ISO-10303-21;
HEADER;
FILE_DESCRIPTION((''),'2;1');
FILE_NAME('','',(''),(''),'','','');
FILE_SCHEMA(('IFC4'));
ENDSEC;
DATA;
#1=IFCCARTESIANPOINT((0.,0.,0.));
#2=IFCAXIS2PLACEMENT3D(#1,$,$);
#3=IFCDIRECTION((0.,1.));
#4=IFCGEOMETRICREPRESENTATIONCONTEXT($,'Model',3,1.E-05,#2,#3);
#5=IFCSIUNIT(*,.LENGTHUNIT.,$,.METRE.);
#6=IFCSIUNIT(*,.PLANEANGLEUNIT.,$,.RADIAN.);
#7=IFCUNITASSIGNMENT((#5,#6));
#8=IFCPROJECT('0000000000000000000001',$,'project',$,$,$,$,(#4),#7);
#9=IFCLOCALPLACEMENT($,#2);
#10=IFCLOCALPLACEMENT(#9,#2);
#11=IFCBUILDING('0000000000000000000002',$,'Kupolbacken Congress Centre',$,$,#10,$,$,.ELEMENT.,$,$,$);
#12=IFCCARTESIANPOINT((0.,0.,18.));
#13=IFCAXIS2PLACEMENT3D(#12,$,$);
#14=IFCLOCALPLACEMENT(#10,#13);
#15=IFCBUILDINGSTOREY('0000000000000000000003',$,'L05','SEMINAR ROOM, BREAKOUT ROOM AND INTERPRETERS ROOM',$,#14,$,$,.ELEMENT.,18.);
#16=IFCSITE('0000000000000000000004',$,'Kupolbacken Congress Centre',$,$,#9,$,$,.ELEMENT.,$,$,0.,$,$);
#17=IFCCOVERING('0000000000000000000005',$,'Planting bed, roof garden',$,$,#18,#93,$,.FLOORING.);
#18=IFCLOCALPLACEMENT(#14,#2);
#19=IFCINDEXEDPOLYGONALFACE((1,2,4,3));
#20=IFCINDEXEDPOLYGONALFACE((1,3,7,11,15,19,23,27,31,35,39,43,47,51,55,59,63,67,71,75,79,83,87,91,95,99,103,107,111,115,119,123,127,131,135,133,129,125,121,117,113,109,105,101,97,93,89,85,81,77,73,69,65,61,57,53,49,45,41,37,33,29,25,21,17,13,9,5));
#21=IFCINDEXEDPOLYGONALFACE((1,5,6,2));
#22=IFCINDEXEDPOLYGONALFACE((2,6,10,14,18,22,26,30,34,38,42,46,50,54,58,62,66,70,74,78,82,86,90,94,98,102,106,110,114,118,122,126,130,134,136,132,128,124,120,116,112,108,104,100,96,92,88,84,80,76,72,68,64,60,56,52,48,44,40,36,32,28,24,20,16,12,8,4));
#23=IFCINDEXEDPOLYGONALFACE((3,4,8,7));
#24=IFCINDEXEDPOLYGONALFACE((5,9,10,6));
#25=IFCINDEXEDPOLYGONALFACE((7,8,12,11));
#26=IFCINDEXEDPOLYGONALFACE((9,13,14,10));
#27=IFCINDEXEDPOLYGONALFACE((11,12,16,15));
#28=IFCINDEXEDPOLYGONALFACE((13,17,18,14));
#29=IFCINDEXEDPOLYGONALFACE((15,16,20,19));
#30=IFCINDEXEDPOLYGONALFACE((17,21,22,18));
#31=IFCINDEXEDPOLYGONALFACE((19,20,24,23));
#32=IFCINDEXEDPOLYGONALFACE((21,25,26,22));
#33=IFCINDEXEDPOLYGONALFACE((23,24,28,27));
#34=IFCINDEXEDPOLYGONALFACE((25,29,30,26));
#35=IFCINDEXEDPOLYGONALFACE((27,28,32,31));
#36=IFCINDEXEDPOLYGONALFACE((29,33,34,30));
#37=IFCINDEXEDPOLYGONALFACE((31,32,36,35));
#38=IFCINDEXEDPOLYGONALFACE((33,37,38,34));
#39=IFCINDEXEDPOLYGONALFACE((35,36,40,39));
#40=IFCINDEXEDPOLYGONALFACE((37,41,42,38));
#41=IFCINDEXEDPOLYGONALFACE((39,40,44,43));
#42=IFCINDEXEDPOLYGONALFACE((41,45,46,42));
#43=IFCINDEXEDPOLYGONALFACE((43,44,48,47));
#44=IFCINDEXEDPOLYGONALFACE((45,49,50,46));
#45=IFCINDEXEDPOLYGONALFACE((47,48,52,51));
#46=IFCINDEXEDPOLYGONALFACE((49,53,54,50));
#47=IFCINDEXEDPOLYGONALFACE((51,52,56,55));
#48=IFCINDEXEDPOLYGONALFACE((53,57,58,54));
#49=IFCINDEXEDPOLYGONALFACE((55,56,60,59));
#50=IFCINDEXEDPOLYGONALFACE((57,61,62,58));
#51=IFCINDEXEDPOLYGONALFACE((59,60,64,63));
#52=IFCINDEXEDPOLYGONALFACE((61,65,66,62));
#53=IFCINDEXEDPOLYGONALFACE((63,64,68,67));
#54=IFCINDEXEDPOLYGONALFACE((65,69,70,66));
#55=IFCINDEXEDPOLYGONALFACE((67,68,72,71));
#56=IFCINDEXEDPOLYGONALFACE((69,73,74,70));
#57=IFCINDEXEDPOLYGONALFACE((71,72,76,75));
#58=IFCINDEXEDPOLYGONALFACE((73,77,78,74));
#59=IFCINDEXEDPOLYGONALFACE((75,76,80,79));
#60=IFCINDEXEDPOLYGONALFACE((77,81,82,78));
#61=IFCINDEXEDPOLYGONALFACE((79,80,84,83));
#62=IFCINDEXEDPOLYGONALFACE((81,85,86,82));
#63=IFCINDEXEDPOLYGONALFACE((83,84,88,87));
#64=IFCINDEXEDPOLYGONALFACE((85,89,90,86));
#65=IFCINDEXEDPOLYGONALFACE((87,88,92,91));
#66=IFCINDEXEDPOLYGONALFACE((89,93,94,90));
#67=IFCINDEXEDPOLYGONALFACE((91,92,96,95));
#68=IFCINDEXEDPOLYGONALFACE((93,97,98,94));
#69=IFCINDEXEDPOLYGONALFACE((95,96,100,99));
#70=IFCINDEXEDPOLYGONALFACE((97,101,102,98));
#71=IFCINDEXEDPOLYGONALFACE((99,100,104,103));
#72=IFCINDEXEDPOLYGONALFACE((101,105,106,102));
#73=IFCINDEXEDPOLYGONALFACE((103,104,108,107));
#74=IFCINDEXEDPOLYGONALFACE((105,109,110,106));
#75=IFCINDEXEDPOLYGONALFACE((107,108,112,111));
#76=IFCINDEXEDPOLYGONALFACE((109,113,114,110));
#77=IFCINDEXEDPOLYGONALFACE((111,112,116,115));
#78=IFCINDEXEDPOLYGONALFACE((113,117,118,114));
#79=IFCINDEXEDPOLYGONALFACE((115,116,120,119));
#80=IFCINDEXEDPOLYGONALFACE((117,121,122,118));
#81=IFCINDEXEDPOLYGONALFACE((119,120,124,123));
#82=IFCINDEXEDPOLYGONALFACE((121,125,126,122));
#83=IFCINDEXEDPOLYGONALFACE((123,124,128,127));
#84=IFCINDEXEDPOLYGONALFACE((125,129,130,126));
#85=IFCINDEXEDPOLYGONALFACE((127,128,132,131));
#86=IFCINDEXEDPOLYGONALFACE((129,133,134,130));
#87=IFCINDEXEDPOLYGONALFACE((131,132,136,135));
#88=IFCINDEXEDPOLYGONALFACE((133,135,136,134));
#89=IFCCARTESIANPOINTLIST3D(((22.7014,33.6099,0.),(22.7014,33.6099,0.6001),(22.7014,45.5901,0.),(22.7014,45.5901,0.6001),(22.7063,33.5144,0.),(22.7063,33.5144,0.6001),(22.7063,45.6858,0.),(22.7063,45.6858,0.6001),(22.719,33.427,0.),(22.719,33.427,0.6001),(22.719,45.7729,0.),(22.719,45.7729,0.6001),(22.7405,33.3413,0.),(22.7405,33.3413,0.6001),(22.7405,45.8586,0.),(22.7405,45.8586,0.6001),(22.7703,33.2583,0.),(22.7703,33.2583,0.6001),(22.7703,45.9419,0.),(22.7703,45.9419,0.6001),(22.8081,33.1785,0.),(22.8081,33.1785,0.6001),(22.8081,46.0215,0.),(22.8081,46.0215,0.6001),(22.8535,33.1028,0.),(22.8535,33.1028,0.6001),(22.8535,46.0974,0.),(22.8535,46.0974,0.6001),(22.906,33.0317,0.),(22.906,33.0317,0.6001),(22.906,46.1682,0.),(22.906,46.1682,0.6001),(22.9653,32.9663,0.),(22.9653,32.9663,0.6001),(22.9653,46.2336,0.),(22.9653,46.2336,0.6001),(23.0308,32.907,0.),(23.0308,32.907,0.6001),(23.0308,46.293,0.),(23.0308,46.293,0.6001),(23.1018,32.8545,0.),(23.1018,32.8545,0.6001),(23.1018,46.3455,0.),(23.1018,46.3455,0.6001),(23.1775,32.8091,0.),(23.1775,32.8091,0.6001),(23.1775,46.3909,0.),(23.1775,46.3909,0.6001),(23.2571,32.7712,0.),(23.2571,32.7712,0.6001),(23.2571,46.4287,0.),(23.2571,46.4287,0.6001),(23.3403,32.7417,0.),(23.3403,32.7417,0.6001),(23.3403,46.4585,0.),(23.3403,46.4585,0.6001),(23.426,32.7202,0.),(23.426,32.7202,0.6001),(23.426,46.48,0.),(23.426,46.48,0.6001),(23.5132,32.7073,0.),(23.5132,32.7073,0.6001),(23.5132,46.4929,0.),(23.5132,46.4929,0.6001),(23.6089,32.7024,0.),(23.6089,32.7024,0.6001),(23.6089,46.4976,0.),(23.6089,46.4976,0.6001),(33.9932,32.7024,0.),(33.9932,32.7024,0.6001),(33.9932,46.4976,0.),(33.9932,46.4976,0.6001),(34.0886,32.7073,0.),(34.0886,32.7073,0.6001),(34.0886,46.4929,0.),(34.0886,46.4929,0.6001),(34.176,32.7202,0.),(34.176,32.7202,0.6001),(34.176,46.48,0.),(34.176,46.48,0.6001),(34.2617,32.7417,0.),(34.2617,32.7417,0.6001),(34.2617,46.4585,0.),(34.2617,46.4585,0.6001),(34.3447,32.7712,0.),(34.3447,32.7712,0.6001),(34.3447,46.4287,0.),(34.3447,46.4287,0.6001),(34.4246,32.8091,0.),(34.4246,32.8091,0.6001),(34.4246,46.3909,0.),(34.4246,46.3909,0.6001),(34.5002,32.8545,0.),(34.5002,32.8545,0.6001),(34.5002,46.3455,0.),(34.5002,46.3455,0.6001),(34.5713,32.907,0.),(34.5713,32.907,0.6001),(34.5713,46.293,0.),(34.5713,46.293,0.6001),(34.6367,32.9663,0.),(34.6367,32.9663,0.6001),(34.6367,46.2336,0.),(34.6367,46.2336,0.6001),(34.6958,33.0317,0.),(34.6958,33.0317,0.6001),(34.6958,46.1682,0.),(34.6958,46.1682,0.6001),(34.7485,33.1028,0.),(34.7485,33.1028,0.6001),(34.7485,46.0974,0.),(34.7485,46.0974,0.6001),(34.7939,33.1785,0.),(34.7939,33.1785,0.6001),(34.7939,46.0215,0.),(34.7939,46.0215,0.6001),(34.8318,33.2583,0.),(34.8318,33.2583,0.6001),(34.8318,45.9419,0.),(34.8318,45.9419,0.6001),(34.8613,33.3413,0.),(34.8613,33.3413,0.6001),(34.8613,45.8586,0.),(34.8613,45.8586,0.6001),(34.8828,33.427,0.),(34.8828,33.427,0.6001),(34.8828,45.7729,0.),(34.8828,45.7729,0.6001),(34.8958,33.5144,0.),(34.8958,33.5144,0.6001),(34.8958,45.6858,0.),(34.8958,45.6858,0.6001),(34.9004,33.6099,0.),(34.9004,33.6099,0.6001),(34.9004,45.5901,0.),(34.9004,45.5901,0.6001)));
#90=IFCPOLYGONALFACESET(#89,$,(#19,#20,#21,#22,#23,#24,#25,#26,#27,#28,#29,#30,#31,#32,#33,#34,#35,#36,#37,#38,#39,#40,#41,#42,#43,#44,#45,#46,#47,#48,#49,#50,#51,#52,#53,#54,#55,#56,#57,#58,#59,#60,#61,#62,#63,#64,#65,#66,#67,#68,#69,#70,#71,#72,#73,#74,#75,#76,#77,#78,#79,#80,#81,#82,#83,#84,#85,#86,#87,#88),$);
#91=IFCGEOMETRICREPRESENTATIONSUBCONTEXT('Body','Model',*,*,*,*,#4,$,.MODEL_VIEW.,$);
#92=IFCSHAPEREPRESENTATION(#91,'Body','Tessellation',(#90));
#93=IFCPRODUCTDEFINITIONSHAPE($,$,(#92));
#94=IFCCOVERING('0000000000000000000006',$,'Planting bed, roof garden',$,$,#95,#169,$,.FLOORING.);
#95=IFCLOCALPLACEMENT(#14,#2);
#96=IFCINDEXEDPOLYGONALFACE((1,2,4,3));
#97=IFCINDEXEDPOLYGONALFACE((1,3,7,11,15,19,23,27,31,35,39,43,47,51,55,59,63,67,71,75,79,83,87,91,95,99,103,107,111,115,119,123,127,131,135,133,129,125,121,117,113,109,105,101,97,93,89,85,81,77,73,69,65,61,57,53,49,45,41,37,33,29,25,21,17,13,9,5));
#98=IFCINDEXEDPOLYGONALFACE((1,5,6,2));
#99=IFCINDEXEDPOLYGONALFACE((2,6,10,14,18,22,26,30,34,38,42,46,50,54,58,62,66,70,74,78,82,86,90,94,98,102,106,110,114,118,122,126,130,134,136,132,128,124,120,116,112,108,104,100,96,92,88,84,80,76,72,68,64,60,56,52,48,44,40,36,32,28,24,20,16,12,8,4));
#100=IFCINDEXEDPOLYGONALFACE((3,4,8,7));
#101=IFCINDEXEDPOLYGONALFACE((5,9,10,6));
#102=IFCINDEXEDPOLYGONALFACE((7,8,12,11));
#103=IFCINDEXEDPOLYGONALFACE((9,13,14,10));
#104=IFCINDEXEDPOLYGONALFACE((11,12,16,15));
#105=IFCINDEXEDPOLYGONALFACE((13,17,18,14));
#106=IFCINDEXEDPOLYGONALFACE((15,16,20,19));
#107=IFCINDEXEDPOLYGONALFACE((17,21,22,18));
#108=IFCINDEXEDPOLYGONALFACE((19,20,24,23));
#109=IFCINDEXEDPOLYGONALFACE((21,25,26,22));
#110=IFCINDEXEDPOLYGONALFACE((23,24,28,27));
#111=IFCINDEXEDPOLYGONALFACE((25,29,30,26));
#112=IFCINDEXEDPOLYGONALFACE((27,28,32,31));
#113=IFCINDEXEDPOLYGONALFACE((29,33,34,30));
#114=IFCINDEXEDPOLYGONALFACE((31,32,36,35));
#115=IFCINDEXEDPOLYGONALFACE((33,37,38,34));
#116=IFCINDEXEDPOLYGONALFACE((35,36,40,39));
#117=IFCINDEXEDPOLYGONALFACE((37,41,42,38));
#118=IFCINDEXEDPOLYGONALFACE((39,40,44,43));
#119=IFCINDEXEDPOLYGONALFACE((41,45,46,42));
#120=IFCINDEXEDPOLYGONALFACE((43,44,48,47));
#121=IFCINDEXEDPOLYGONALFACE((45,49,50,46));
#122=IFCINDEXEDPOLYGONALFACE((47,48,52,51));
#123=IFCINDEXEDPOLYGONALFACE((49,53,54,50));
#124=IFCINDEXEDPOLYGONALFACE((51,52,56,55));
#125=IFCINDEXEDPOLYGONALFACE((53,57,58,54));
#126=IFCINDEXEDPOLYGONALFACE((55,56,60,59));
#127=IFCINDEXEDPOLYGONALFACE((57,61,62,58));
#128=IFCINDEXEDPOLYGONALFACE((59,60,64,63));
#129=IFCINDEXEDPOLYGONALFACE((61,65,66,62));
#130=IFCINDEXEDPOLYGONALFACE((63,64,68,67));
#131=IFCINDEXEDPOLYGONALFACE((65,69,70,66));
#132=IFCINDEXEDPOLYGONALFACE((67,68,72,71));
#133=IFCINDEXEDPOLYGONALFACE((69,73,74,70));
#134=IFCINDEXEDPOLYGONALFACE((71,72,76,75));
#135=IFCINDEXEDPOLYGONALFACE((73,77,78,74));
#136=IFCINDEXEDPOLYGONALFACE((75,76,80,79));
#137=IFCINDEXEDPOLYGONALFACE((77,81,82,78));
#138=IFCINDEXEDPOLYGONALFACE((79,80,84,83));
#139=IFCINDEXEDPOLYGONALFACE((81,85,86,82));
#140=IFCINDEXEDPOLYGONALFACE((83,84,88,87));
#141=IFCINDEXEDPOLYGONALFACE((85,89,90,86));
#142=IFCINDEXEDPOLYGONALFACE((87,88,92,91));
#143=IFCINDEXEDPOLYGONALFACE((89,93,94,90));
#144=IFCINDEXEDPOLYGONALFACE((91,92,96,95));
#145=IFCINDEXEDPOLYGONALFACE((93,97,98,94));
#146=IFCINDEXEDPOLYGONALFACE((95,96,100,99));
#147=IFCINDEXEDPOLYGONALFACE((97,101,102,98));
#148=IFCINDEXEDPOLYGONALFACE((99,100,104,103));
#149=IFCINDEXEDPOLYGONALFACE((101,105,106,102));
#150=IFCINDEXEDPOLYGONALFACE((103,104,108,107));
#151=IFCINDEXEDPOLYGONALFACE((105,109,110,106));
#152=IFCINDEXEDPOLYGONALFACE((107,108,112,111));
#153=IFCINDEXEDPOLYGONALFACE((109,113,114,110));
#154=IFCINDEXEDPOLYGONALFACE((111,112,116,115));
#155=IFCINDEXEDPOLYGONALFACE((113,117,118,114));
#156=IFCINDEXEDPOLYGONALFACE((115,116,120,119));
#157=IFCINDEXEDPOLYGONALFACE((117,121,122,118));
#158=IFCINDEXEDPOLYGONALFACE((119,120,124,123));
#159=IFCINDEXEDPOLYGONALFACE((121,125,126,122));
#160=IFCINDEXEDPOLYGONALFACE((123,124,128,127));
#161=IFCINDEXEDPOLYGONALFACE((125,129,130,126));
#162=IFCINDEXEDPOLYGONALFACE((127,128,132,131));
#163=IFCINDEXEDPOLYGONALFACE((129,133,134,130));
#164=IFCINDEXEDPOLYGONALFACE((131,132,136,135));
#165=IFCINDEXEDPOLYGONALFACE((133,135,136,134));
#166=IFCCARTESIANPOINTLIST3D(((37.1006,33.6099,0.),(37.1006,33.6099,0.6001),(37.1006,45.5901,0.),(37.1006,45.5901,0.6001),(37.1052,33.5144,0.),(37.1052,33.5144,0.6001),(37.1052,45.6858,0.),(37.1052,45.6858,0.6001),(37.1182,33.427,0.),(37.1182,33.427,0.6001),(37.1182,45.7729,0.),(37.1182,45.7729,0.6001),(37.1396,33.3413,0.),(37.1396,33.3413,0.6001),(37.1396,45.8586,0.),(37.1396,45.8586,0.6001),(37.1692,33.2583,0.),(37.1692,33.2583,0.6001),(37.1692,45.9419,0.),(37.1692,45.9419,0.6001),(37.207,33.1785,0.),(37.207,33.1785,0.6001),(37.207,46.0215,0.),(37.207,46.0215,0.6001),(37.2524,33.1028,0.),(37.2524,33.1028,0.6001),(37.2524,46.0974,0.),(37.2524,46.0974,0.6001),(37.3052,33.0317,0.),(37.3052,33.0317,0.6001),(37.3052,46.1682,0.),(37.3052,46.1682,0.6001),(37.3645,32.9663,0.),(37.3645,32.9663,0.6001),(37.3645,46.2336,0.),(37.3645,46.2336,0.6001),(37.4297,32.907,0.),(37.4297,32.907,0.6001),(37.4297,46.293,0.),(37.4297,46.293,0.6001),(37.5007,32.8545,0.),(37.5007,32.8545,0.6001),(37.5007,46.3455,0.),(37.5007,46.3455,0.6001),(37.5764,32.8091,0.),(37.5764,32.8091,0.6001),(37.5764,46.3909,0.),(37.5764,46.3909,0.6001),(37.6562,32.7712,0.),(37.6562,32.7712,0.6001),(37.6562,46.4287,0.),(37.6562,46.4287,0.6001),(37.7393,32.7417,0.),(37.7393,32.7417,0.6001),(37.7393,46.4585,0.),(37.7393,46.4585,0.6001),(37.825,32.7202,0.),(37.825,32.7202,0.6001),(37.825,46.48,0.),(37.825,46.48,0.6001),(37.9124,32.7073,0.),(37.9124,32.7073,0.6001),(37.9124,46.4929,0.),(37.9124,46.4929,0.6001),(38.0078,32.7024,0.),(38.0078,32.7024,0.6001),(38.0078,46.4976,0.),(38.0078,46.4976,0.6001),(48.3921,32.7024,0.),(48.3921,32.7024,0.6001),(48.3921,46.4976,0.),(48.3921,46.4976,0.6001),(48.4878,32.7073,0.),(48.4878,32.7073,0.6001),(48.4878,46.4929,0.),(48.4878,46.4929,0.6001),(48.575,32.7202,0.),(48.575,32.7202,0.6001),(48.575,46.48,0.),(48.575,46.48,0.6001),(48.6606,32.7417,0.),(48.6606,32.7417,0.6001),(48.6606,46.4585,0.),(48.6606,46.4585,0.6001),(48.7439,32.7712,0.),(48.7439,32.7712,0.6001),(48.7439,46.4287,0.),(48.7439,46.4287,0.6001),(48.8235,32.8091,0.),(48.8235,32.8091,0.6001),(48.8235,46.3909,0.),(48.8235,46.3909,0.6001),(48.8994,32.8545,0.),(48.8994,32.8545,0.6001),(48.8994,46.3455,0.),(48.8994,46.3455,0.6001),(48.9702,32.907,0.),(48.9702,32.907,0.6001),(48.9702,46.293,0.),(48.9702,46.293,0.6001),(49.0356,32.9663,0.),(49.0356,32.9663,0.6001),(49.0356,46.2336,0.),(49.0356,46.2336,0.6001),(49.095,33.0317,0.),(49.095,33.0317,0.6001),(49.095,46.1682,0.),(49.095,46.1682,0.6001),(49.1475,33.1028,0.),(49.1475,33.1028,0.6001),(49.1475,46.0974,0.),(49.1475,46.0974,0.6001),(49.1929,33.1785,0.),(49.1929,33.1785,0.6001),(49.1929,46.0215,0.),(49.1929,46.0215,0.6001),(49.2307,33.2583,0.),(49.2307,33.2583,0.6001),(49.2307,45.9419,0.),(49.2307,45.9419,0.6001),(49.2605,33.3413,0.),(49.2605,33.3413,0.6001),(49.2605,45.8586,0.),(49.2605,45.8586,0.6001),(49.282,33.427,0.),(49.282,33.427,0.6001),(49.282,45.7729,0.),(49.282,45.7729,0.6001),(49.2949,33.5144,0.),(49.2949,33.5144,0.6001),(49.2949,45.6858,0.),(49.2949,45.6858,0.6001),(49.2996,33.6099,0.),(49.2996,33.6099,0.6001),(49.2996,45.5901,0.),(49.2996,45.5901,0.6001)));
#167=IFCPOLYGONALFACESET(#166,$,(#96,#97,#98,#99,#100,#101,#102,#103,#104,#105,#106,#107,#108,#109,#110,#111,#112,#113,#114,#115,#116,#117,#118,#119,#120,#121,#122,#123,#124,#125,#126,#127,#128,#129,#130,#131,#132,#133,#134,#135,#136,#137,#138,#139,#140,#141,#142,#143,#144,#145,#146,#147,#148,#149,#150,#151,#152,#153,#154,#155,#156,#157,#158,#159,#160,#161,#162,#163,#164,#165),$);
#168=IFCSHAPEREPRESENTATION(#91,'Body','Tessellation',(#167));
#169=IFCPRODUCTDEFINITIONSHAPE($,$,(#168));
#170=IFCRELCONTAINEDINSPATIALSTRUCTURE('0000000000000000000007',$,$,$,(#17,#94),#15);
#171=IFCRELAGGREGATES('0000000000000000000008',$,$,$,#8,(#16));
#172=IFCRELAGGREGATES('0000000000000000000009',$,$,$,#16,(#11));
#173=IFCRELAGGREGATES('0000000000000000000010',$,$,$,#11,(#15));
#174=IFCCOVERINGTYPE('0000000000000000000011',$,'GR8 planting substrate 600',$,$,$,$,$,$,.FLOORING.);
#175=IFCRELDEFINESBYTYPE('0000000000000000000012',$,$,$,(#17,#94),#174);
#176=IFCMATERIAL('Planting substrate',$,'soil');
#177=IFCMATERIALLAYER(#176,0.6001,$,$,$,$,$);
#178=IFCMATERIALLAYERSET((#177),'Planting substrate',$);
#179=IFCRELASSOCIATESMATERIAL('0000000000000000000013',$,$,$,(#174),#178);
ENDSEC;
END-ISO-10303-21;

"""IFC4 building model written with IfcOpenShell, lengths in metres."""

from ifc_helpers import new_model, si_unit, direction, frame, origin, place, context, subcontext, project, spatial, polyline, outline, extrude, material, layer, layer_set, type_object, element, save


model = new_model("IFC4")

# Units and contexts
model_context = context("Model", 3, precision=1e-05, world=origin(), true_north=direction((0.0, 1.0)))
body_context = subcontext(model_context, "Body", "Model", "MODEL_VIEW")
ifc_project = project(units=[si_unit("LENGTHUNIT", "METRE"), si_unit("PLANEANGLEUNIT", "RADIAN")], contexts=[model_context])

# Site, building, storey
site_placement = place(None, origin())
site = spatial("IfcSite", under=ifc_project, at=site_placement, Name="Kupolbacken Congress Centre", CompositionType="ELEMENT", RefElevation=0.0)
building_placement = place(site_placement, origin())
building = spatial("IfcBuilding", under=site, at=building_placement, Name="Kupolbacken Congress Centre", CompositionType="ELEMENT")
storey_placement = place(building_placement, frame((0.0, 0.0, 18.0)))
storey = spatial("IfcBuildingStorey", under=building, at=storey_placement, Name="L05", Description="SEMINAR ROOM, BREAKOUT ROOM AND INTERPRETERS ROOM", CompositionType="ELEMENT", Elevation=18.0)

# Coverings
ifc_material_1 = material(Name="Planting substrate", Category="soil")
ifc_layer_1 = layer(ifc_material_1, 0.6001)
ifc_layer_set_1 = layer_set([ifc_layer_1], Name="Planting substrate")
covering_type_1 = type_object("IfcCoveringType", Name="GR8 planting substrate 600", PredefinedType="FLOORING", material=ifc_layer_set_1)
covering_1_placement = place(storey_placement, origin())
element("IfcCovering", 1, at=covering_1_placement, inside=storey, type_object=covering_type_1, Name="Planting bed, roof garden", PredefinedType="FLOORING", context=body_context, shape_type="SweptSolid", body=[
    extrude(outline(polyline([(33.9932, 46.4976), (34.0886, 46.4929), (34.176, 46.48), (34.2617, 46.4585), (34.3447, 46.4287), (34.4246, 46.3909), (34.5002, 46.3455), (34.5713, 46.293), (34.6367, 46.2336), (34.6958, 46.1682), (34.7485, 46.0974), (34.7939, 46.0215), (34.8318, 45.9419), (34.8613, 45.8586), (34.8828, 45.7729), (34.8958, 45.6858), (34.9004, 45.5901), (34.9004, 33.6099), (34.8958, 33.5144), (34.8828, 33.427), (34.8613, 33.3413), (34.8318, 33.2583), (34.7939, 33.1785), (34.7485, 33.1028), (34.6958, 33.0317), (34.6367, 32.9663), (34.5713, 32.907), (34.5002, 32.8545), (34.4246, 32.8091), (34.3447, 32.7712), (34.2617, 32.7417), (34.176, 32.7202), (34.0886, 32.7073), (33.9932, 32.7024), (23.6089, 32.7024), (23.5132, 32.7073), (23.426, 32.7202), (23.3403, 32.7417), (23.2571, 32.7712), (23.1775, 32.8091), (23.1018, 32.8545), (23.0308, 32.907), (22.9653, 32.9663), (22.906, 33.0317), (22.8535, 33.1028), (22.8081, 33.1785), (22.7703, 33.2583), (22.7405, 33.3413), (22.719, 33.427), (22.7063, 33.5144), (22.7014, 33.6099), (22.7014, 45.5901), (22.7063, 45.6858), (22.719, 45.7729), (22.7405, 45.8586), (22.7703, 45.9419), (22.8081, 46.0215), (22.8535, 46.0974), (22.906, 46.1682), (22.9653, 46.2336), (23.0308, 46.293), (23.1018, 46.3455), (23.1775, 46.3909), (23.2571, 46.4287), (23.3403, 46.4585), (23.426, 46.48), (23.5132, 46.4929), (23.6089, 46.4976), (33.9932, 46.4976)])), origin(), (0.0, 0.0, 1.0), 0.6001),
])
covering_2_placement = place(storey_placement, origin())
element("IfcCovering", 2, at=covering_2_placement, inside=storey, type_object=covering_type_1, Name="Planting bed, roof garden", PredefinedType="FLOORING", context=body_context, shape_type="SweptSolid", body=[
    extrude(outline(polyline([(48.3921, 46.4976), (48.4878, 46.4929), (48.575, 46.48), (48.6606, 46.4585), (48.7439, 46.4287), (48.8235, 46.3909), (48.8994, 46.3455), (48.9702, 46.293), (49.0356, 46.2336), (49.095, 46.1682), (49.1475, 46.0974), (49.1929, 46.0215), (49.2307, 45.9419), (49.2605, 45.8586), (49.282, 45.7729), (49.2949, 45.6858), (49.2996, 45.5901), (49.2996, 33.6099), (49.2949, 33.5144), (49.282, 33.427), (49.2605, 33.3413), (49.2307, 33.2583), (49.1929, 33.1785), (49.1475, 33.1028), (49.095, 33.0317), (49.0356, 32.9663), (48.9702, 32.907), (48.8994, 32.8545), (48.8235, 32.8091), (48.7439, 32.7712), (48.6606, 32.7417), (48.575, 32.7202), (48.4878, 32.7073), (48.3921, 32.7024), (38.0078, 32.7024), (37.9124, 32.7073), (37.825, 32.7202), (37.7393, 32.7417), (37.6562, 32.7712), (37.5764, 32.8091), (37.5007, 32.8545), (37.4297, 32.907), (37.3645, 32.9663), (37.3052, 33.0317), (37.2524, 33.1028), (37.207, 33.1785), (37.1692, 33.2583), (37.1396, 33.3413), (37.1182, 33.427), (37.1052, 33.5144), (37.1006, 33.6099), (37.1006, 45.5901), (37.1052, 45.6858), (37.1182, 45.7729), (37.1396, 45.8586), (37.1692, 45.9419), (37.207, 46.0215), (37.2524, 46.0974), (37.3052, 46.1682), (37.3645, 46.2336), (37.4297, 46.293), (37.5007, 46.3455), (37.5764, 46.3909), (37.6562, 46.4287), (37.7393, 46.4585), (37.825, 46.48), (37.9124, 46.4929), (38.0078, 46.4976), (48.3921, 46.4976)])), origin(), (0.0, 0.0, 1.0), 0.6001),
])

save(model, "model.ifc")
